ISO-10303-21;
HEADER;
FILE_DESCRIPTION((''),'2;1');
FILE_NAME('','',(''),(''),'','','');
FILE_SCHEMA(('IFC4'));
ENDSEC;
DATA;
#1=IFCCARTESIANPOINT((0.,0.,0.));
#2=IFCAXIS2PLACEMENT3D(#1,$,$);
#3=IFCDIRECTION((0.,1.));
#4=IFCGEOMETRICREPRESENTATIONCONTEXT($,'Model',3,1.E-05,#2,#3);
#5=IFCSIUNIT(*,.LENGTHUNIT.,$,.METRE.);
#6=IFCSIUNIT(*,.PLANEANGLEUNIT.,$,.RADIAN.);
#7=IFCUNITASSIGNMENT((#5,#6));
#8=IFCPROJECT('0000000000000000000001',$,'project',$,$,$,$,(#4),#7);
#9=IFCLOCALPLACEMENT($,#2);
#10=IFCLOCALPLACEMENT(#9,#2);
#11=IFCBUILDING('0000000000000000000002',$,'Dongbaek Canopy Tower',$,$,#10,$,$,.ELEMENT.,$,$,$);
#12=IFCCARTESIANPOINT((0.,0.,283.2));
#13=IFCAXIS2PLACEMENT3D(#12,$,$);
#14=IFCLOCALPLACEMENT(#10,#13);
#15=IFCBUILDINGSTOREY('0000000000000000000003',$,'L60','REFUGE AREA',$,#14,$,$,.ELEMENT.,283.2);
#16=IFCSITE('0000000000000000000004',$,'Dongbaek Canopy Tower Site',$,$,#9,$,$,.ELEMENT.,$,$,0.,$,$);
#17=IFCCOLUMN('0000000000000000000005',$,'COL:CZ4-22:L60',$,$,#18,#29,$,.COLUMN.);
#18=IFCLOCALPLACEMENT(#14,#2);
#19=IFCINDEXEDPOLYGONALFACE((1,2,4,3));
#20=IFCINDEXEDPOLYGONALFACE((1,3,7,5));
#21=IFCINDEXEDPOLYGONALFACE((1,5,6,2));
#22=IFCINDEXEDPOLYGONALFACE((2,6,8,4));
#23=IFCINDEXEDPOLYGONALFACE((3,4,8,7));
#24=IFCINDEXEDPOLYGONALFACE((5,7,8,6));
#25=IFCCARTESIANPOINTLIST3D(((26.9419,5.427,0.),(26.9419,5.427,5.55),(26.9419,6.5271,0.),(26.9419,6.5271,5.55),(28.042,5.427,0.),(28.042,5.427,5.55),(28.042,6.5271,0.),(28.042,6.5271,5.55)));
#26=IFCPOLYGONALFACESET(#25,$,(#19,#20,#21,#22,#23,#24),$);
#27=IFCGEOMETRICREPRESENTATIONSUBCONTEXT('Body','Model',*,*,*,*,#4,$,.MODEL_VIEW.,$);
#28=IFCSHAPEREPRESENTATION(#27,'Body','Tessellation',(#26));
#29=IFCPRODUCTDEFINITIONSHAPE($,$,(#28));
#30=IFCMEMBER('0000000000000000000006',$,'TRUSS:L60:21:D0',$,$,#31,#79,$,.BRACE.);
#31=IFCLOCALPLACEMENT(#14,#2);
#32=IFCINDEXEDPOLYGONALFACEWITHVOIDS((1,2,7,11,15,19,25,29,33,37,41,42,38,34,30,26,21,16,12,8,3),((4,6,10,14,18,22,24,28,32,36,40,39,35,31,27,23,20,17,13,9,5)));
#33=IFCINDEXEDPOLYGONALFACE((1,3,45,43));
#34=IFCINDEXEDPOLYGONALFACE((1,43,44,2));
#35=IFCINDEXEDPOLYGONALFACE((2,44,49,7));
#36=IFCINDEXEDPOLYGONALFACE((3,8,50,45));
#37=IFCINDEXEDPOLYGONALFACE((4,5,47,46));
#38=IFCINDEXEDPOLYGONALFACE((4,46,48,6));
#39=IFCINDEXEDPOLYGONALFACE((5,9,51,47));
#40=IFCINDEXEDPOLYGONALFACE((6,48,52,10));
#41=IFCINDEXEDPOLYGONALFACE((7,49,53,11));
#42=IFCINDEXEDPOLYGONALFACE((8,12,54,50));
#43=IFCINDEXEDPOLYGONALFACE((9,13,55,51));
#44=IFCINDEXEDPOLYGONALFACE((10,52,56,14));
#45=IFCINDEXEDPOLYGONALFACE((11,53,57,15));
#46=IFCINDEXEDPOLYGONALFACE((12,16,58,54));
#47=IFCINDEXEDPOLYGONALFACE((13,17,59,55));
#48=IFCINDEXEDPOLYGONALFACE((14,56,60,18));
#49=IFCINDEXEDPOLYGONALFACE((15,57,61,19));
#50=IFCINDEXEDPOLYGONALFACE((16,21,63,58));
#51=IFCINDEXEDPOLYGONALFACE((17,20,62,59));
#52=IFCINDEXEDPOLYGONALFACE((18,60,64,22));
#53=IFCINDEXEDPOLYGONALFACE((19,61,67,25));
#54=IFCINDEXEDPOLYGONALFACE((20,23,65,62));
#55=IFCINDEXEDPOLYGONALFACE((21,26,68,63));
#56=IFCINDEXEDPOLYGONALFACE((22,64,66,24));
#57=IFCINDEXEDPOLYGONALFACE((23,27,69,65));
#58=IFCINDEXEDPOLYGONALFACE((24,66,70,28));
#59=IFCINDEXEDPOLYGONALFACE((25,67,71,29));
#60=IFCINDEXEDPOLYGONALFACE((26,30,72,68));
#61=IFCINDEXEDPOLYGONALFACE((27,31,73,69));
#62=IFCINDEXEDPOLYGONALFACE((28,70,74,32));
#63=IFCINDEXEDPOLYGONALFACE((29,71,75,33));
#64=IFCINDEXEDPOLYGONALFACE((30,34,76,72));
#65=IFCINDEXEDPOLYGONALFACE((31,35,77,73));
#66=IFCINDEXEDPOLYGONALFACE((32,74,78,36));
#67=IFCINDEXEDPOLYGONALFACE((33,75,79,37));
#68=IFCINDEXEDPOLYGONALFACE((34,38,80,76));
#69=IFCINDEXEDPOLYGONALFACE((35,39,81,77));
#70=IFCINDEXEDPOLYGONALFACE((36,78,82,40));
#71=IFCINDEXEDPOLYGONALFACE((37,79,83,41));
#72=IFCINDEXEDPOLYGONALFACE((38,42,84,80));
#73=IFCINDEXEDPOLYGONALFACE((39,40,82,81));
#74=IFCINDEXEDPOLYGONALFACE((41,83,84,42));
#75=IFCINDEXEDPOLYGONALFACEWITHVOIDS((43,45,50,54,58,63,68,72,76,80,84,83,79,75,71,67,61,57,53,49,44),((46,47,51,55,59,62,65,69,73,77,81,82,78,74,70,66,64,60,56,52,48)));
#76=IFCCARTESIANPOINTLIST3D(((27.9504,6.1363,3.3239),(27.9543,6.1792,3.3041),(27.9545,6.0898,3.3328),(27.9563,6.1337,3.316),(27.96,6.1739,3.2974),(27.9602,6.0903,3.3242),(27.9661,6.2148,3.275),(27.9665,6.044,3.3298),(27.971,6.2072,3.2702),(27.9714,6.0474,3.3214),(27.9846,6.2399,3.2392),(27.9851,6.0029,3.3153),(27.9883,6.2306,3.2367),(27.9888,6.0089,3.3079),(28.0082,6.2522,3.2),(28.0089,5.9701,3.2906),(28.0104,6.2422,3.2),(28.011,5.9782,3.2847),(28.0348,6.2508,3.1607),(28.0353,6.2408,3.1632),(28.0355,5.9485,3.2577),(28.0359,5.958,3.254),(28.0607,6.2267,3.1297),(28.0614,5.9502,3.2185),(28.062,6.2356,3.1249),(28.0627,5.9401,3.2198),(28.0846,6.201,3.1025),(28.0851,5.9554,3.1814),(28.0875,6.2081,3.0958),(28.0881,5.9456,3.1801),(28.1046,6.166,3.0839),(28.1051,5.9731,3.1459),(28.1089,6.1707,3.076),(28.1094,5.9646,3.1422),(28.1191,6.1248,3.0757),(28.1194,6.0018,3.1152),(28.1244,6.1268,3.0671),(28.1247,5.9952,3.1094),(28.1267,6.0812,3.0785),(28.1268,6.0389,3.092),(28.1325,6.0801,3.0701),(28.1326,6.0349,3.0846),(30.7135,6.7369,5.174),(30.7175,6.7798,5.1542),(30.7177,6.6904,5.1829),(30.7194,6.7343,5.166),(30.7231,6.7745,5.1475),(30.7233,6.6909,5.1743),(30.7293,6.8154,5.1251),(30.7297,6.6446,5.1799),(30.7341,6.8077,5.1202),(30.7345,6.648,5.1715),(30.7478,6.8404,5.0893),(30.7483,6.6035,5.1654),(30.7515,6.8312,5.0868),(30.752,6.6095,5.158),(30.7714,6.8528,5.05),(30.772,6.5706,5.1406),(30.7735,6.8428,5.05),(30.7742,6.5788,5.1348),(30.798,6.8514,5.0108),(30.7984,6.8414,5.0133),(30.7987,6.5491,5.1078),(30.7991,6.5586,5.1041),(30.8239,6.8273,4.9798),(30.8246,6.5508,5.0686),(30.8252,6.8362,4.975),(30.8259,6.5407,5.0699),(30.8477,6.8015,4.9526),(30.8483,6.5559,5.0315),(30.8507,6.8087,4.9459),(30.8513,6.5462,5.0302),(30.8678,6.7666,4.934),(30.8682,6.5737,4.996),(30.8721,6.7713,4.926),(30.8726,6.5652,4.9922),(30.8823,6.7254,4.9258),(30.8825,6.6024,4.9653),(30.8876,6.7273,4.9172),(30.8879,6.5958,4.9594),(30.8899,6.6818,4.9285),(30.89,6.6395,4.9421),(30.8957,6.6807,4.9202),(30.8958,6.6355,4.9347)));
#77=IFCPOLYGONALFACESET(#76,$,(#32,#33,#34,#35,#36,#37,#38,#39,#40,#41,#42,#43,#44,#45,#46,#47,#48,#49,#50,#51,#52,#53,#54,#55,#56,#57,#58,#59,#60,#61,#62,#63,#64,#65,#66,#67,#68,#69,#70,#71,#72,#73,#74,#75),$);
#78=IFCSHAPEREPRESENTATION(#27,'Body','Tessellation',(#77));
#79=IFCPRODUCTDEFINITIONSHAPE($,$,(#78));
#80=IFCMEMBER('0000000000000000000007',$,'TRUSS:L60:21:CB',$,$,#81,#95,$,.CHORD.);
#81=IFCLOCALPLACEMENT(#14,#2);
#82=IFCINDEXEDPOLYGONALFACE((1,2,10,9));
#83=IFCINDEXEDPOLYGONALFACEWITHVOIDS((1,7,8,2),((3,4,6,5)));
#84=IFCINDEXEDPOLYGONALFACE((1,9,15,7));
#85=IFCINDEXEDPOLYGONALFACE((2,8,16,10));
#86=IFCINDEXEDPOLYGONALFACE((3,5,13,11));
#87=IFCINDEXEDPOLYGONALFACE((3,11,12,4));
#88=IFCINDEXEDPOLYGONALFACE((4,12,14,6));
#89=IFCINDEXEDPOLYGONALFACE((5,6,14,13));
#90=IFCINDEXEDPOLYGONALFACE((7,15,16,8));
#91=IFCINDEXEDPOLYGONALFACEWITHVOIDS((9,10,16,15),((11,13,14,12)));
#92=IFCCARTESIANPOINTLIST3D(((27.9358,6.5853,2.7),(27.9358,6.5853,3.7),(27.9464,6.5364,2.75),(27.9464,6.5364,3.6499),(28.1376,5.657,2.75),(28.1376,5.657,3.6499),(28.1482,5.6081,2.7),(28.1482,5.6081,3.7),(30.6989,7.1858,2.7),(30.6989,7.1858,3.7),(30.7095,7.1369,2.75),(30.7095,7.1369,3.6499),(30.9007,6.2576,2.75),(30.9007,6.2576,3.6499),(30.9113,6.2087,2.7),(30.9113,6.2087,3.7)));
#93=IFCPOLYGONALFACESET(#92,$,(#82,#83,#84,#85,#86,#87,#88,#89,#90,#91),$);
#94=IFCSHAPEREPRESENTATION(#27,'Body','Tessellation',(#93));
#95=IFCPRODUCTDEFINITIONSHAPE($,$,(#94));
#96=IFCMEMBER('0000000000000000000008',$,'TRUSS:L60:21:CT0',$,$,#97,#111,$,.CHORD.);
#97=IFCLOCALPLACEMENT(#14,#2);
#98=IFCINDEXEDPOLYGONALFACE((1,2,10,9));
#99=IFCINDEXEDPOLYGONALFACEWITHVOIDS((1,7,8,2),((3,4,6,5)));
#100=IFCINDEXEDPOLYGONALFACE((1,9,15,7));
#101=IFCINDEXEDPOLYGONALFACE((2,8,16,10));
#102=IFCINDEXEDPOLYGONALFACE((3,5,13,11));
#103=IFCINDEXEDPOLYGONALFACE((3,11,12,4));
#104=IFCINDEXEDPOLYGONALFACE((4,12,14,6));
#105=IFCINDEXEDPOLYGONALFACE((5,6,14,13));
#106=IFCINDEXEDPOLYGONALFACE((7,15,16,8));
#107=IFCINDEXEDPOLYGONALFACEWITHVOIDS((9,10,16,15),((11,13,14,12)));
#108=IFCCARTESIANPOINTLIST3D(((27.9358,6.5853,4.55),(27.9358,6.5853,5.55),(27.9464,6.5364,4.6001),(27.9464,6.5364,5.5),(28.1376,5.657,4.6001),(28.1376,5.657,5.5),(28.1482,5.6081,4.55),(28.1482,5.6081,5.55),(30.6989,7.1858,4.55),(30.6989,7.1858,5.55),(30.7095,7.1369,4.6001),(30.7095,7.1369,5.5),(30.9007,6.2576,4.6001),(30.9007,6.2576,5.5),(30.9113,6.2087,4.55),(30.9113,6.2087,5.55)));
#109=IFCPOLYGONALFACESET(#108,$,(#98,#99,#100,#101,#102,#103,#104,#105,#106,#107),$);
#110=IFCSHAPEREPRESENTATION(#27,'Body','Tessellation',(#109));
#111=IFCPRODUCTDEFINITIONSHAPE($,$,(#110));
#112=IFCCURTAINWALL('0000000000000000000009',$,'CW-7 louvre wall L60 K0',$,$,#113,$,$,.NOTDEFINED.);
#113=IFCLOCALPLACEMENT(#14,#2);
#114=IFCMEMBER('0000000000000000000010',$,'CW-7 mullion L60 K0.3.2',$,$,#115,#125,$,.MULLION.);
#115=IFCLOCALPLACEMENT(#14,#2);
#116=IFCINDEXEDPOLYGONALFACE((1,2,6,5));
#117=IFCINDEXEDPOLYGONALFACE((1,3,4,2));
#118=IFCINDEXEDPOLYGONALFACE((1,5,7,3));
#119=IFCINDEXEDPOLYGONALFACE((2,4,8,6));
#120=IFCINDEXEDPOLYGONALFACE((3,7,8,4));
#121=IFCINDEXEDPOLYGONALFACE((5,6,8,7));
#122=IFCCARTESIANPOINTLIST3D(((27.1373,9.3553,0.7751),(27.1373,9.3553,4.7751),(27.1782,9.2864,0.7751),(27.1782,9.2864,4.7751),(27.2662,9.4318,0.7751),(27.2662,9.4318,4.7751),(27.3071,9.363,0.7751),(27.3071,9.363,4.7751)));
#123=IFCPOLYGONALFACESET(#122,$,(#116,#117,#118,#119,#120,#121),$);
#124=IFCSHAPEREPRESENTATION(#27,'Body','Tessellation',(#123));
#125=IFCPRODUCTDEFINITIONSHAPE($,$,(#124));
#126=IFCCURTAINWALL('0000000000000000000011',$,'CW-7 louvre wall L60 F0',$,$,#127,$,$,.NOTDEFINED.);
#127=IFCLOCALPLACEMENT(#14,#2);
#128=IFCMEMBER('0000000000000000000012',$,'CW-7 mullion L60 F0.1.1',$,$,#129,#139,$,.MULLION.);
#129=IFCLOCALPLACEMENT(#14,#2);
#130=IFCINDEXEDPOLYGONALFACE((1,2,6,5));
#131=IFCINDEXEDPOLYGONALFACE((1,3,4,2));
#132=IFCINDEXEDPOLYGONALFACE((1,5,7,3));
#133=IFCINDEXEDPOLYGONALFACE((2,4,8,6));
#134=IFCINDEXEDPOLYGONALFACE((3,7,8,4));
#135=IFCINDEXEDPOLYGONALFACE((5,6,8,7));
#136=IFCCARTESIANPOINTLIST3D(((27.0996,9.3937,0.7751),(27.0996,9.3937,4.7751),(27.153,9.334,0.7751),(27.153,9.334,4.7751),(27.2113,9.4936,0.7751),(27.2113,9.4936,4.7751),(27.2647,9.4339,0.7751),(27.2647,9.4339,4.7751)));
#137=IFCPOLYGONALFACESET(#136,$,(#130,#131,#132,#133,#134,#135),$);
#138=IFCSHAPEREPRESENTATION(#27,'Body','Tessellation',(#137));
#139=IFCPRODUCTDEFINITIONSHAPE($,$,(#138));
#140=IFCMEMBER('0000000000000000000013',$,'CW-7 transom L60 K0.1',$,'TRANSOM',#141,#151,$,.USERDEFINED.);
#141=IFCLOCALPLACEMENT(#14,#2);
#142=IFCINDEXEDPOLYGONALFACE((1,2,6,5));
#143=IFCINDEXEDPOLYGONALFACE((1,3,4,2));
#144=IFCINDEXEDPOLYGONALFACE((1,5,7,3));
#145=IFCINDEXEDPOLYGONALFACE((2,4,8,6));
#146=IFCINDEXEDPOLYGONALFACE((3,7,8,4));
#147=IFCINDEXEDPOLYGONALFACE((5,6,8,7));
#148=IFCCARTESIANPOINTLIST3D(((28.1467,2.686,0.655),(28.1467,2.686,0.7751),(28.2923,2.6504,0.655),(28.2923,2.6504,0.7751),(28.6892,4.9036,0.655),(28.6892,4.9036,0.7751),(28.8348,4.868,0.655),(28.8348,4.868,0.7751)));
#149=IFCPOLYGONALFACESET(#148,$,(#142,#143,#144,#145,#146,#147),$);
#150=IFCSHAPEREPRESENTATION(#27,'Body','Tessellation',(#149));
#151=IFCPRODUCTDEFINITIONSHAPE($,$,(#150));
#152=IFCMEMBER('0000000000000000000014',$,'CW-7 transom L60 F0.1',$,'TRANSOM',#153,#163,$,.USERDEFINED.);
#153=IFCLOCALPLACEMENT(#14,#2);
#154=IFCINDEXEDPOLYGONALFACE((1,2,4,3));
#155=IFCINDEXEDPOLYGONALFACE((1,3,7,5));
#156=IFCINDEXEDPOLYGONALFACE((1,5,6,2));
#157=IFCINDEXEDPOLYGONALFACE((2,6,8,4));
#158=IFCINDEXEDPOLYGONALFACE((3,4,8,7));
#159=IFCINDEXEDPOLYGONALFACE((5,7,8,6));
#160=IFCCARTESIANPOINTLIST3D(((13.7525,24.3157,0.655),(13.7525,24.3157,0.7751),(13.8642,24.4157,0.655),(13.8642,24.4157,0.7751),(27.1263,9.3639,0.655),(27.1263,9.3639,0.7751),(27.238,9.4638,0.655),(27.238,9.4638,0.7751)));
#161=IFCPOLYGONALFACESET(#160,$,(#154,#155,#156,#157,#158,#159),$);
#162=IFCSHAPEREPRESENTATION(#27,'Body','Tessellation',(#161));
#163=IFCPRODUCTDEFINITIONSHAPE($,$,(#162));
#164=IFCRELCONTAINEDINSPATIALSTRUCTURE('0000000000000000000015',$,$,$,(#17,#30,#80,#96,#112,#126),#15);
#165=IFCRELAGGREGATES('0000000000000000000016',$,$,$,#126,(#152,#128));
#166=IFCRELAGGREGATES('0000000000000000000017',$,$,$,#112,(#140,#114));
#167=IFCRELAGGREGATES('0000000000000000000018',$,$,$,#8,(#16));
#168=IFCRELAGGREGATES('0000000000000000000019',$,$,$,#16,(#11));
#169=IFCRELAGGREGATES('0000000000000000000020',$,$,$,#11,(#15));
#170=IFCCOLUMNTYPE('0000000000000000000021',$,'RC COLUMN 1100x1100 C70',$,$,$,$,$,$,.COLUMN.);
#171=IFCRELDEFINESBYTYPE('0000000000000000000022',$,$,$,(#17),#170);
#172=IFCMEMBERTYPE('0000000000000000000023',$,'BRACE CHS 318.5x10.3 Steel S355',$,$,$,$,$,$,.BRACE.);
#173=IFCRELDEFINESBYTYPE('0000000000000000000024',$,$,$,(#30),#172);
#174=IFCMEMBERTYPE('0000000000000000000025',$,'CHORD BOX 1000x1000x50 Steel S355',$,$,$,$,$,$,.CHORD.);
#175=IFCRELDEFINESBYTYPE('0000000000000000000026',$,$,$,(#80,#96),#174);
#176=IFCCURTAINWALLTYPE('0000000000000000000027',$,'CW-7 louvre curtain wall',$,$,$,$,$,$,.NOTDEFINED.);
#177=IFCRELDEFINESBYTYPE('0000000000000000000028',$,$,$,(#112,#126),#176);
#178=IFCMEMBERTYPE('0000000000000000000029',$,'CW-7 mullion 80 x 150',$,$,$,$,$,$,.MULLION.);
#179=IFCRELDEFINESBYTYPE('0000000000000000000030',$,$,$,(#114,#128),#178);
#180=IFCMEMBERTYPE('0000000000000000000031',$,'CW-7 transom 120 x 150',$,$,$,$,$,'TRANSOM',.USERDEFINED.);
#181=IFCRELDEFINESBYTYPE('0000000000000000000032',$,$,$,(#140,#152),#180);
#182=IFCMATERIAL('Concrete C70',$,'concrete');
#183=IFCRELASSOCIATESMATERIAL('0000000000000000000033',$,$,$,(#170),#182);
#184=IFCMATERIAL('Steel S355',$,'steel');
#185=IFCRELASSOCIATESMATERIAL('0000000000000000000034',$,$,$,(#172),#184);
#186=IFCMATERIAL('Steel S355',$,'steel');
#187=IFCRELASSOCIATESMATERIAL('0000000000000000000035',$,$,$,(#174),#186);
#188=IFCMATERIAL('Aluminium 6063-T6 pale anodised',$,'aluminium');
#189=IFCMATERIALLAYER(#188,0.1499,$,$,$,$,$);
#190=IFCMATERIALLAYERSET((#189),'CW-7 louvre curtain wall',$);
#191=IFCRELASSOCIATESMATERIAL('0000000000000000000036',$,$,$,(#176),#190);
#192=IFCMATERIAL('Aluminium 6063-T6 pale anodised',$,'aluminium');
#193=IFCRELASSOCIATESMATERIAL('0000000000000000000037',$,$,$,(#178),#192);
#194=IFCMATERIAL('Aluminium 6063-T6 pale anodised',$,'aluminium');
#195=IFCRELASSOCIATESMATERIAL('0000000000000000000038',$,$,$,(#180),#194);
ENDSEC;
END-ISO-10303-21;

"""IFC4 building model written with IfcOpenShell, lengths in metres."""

from ifc_helpers import new_model, si_unit, direction, frame, origin, origin_2d, place, context, subcontext, project, spatial, rectangle, hollow_rectangle, hollow_circle, extrude, material, layer, layer_set, material_profile, profile_set, type_object, element, aggregate, save


model = new_model("IFC4")

# Units and contexts
model_context = context("Model", 3, precision=1e-05, world=origin(), true_north=direction((0.0, 1.0)))
body_context = subcontext(model_context, "Body", "Model", "MODEL_VIEW")
ifc_project = project(units=[si_unit("LENGTHUNIT", "METRE"), si_unit("PLANEANGLEUNIT", "RADIAN")], contexts=[model_context])

# Site, building, storey
site_placement = place(None, origin())
site = spatial("IfcSite", under=ifc_project, at=site_placement, Name="Dongbaek Canopy Tower Site", CompositionType="ELEMENT", RefElevation=0.0)
building_placement = place(site_placement, origin())
building = spatial("IfcBuilding", under=site, at=building_placement, Name="Dongbaek Canopy Tower", CompositionType="ELEMENT")
storey_placement = place(building_placement, frame((0.0, 0.0, 283.2)))
storey = spatial("IfcBuildingStorey", under=building, at=storey_placement, Name="L60", Description="REFUGE AREA", CompositionType="ELEMENT", Elevation=283.2)

# Column
ifc_material_1 = material(Name="Concrete C70", Category="concrete")
ifc_material_profile_1 = material_profile(ifc_material_1, rectangle(XDim=1.1001, YDim=1.1001, at=origin_2d()), Name="RC COLUMN 1100x1100 C70")
ifc_profile_set_1 = profile_set([ifc_material_profile_1], Name="Concrete C70")
column_type = type_object("IfcColumnType", Name="RC COLUMN 1100x1100 C70", PredefinedType="COLUMN", material=ifc_profile_set_1)
column_placement = place(storey_placement, frame((27.4919, 5.9771, 0.0), z_axis=(0.0, 0.0, 1.0), x_axis=(1.0, 0.0, 0.0)))
element("IfcColumn", 1, at=column_placement, inside=storey, type_object=column_type, Name="COL:CZ4-22:L60", PredefinedType="COLUMN", context=body_context, shape_type="SweptSolid", body=[
    extrude(rectangle(XDim=1.1001, YDim=1.1001, at=origin_2d()), origin(), (0.0, 0.0, 1.0), 5.55),
])

# Members
ifc_material_2 = material(Name="Steel S355", Category="steel")
ifc_material_profile_2 = material_profile(ifc_material_2, hollow_circle(Radius=0.1592, WallThickness=0.0103, at=origin_2d()), Name="BRACE CHS 318.5x10.3 Steel S355")
ifc_profile_set_2 = profile_set([ifc_material_profile_2], Name="Steel S355")
member_type_1 = type_object("IfcMemberType", Name="BRACE CHS 318.5x10.3 Steel S355", PredefinedType="BRACE", material=ifc_profile_set_2)
member_1_placement = place(storey_placement, frame((28.042, 6.0967, 3.2), z_axis=(0.817712, 0.177732, 0.547502), x_axis=(-0.212394, 0.977184, 0.0)))
element("IfcMember", 2, at=member_1_placement, inside=storey, type_object=member_type_1, Name="TRUSS:L60:21:D0", PredefinedType="BRACE", context=body_context, shape_type="SweptSolid", body=[
    extrude(hollow_circle(Radius=0.1592, WallThickness=0.0103, at=origin_2d()), origin(), (0.0, 0.0, 1.0), 3.3792),
])
ifc_material_3 = material(Name="Steel S355", Category="steel")
ifc_material_profile_3 = material_profile(ifc_material_3, hollow_rectangle(XDim=1.0, YDim=1.0, WallThickness=0.05, at=origin_2d()), Name="CHORD BOX 1000x1000x50 Steel S355")
ifc_profile_set_3 = profile_set([ifc_material_profile_3], Name="Steel S355")
member_type_2 = type_object("IfcMemberType", Name="CHORD BOX 1000x1000x50 Steel S355", PredefinedType="CHORD", material=ifc_profile_set_3)
for number, where, z_axis, x_axis, name in (
    (3, (28.042, 6.0967, 3.2), (0.977184, 0.212394, 0.0), (-0.212394, 0.977184, 0.0), "TRUSS:L60:21:CB"),
    (4, (28.042, 6.0967, 5.05), (0.977184, 0.212394, 0.0), (-0.212394, 0.977184, 0.0), "TRUSS:L60:21:CT0"),
):
    element("IfcMember", number, at=place(storey_placement, frame(where, z_axis=z_axis, x_axis=x_axis)), inside=storey, type_object=member_type_2, Name=name, PredefinedType="CHORD", context=body_context, shape_type="SweptSolid", body=[
        extrude(hollow_rectangle(XDim=1.0, YDim=1.0, WallThickness=0.05, at=origin_2d()), origin(), (0.0, 0.0, 1.0), 2.8276),
    ])

# Curtain walls, members
ifc_material_4 = material(Name="Aluminium 6063-T6 pale anodised", Category="aluminium")
ifc_layer_1 = layer(ifc_material_4, 0.1499)
ifc_layer_set_1 = layer_set([ifc_layer_1], Name="CW-7 louvre curtain wall")
curtain_wall_type = type_object("IfcCurtainWallType", Name="CW-7 louvre curtain wall", PredefinedType="NOTDEFINED", material=ifc_layer_set_1)
curtain_wall_1_placement = place(storey_placement, origin())
curtain_wall_1 = element("IfcCurtainWall", 5, at=curtain_wall_1_placement, inside=storey, type_object=curtain_wall_type, Name="CW-7 louvre wall L60 K0", PredefinedType="NOTDEFINED")
ifc_material_5 = material(Name="Aluminium 6063-T6 pale anodised", Category="aluminium")
ifc_material_profile_4 = material_profile(ifc_material_5, rectangle(XDim=0.1499, YDim=0.0801, at=origin_2d()), Name="CW-7 mullion 80 x 150")
ifc_profile_set_4 = profile_set([ifc_material_profile_4], Name="Aluminium 6063-T6 pale anodised")
member_type_3 = type_object("IfcMemberType", Name="CW-7 mullion 80 x 150", PredefinedType="MULLION", material=ifc_profile_set_4)
member_2_placement = place(storey_placement, frame((27.2222, 9.3591, 0.7751), z_axis=(0.0, 0.0, 1.0), x_axis=(0.859851, 0.510546, 0.0)))
member_2 = element("IfcMember", 6, at=member_2_placement, type_object=member_type_3, Name="CW-7 mullion L60 K0.3.2", PredefinedType="MULLION", context=body_context, shape_type="SweptSolid", body=[
    extrude(rectangle(XDim=0.1499, YDim=0.0801, at=origin_2d()), origin(), (0.0, 0.0, 1.0), 4.0),
])
curtain_wall_2_placement = place(storey_placement, origin())
curtain_wall_2 = element("IfcCurtainWall", 7, at=curtain_wall_2_placement, inside=storey, type_object=curtain_wall_type, Name="CW-7 louvre wall L60 F0", PredefinedType="NOTDEFINED")
member_3_placement = place(storey_placement, frame((27.1821, 9.4138, 0.7751), z_axis=(0.0, 0.0, 1.0), x_axis=(0.745349, 0.666674, 0.0)))
member_3 = element("IfcMember", 8, at=member_3_placement, type_object=member_type_3, Name="CW-7 mullion L60 F0.1.1", PredefinedType="MULLION", context=body_context, shape_type="SweptSolid", body=[
    extrude(rectangle(XDim=0.1499, YDim=0.0801, at=origin_2d()), origin(), (0.0, 0.0, 1.0), 4.0),
])

# Members
ifc_material_6 = material(Name="Aluminium 6063-T6 pale anodised", Category="aluminium")
ifc_material_profile_5 = material_profile(ifc_material_6, rectangle(XDim=0.1499, YDim=0.1201, at=origin_2d()), Name="CW-7 transom 120 x 150")
ifc_profile_set_5 = profile_set([ifc_material_profile_5], Name="Aluminium 6063-T6 pale anodised")
member_type_4 = type_object("IfcMemberType", Name="CW-7 transom 120 x 150", ElementType="TRANSOM", PredefinedType="USERDEFINED", material=ifc_profile_set_5)
member_4_placement = place(storey_placement, frame((28.2195, 2.6682, 0.7151), z_axis=(0.237626, 0.971357, 0.0), x_axis=(-0.971357, 0.237626, 0.0)))
member_4 = element("IfcMember", 9, at=member_4_placement, type_object=member_type_4, Name="CW-7 transom L60 K0.1", ObjectType="TRANSOM", PredefinedType="USERDEFINED", context=body_context, shape_type="SweptSolid", body=[
    extrude(rectangle(XDim=0.1499, YDim=0.1201, at=origin_2d()), origin(), (0.0, 0.0, 1.0), 2.283),
])
member_5_placement = place(storey_placement, frame((27.1821, 9.4138, 0.7151), z_axis=(-0.666677, 0.745346, 0.0), x_axis=(-0.745346, -0.666677, 0.0)))
member_5 = element("IfcMember", 10, at=member_5_placement, type_object=member_type_4, Name="CW-7 transom L60 F0.1", ObjectType="TRANSOM", PredefinedType="USERDEFINED", context=body_context, shape_type="SweptSolid", body=[
    extrude(rectangle(XDim=0.1499, YDim=0.1201, at=origin_2d()), origin(), (0.0, 0.0, 1.0), 20.0603),
])
aggregate(curtain_wall_2, [member_5, member_3])

aggregate(curtain_wall_1, [member_4, member_2])

save(model, "model.ifc")
